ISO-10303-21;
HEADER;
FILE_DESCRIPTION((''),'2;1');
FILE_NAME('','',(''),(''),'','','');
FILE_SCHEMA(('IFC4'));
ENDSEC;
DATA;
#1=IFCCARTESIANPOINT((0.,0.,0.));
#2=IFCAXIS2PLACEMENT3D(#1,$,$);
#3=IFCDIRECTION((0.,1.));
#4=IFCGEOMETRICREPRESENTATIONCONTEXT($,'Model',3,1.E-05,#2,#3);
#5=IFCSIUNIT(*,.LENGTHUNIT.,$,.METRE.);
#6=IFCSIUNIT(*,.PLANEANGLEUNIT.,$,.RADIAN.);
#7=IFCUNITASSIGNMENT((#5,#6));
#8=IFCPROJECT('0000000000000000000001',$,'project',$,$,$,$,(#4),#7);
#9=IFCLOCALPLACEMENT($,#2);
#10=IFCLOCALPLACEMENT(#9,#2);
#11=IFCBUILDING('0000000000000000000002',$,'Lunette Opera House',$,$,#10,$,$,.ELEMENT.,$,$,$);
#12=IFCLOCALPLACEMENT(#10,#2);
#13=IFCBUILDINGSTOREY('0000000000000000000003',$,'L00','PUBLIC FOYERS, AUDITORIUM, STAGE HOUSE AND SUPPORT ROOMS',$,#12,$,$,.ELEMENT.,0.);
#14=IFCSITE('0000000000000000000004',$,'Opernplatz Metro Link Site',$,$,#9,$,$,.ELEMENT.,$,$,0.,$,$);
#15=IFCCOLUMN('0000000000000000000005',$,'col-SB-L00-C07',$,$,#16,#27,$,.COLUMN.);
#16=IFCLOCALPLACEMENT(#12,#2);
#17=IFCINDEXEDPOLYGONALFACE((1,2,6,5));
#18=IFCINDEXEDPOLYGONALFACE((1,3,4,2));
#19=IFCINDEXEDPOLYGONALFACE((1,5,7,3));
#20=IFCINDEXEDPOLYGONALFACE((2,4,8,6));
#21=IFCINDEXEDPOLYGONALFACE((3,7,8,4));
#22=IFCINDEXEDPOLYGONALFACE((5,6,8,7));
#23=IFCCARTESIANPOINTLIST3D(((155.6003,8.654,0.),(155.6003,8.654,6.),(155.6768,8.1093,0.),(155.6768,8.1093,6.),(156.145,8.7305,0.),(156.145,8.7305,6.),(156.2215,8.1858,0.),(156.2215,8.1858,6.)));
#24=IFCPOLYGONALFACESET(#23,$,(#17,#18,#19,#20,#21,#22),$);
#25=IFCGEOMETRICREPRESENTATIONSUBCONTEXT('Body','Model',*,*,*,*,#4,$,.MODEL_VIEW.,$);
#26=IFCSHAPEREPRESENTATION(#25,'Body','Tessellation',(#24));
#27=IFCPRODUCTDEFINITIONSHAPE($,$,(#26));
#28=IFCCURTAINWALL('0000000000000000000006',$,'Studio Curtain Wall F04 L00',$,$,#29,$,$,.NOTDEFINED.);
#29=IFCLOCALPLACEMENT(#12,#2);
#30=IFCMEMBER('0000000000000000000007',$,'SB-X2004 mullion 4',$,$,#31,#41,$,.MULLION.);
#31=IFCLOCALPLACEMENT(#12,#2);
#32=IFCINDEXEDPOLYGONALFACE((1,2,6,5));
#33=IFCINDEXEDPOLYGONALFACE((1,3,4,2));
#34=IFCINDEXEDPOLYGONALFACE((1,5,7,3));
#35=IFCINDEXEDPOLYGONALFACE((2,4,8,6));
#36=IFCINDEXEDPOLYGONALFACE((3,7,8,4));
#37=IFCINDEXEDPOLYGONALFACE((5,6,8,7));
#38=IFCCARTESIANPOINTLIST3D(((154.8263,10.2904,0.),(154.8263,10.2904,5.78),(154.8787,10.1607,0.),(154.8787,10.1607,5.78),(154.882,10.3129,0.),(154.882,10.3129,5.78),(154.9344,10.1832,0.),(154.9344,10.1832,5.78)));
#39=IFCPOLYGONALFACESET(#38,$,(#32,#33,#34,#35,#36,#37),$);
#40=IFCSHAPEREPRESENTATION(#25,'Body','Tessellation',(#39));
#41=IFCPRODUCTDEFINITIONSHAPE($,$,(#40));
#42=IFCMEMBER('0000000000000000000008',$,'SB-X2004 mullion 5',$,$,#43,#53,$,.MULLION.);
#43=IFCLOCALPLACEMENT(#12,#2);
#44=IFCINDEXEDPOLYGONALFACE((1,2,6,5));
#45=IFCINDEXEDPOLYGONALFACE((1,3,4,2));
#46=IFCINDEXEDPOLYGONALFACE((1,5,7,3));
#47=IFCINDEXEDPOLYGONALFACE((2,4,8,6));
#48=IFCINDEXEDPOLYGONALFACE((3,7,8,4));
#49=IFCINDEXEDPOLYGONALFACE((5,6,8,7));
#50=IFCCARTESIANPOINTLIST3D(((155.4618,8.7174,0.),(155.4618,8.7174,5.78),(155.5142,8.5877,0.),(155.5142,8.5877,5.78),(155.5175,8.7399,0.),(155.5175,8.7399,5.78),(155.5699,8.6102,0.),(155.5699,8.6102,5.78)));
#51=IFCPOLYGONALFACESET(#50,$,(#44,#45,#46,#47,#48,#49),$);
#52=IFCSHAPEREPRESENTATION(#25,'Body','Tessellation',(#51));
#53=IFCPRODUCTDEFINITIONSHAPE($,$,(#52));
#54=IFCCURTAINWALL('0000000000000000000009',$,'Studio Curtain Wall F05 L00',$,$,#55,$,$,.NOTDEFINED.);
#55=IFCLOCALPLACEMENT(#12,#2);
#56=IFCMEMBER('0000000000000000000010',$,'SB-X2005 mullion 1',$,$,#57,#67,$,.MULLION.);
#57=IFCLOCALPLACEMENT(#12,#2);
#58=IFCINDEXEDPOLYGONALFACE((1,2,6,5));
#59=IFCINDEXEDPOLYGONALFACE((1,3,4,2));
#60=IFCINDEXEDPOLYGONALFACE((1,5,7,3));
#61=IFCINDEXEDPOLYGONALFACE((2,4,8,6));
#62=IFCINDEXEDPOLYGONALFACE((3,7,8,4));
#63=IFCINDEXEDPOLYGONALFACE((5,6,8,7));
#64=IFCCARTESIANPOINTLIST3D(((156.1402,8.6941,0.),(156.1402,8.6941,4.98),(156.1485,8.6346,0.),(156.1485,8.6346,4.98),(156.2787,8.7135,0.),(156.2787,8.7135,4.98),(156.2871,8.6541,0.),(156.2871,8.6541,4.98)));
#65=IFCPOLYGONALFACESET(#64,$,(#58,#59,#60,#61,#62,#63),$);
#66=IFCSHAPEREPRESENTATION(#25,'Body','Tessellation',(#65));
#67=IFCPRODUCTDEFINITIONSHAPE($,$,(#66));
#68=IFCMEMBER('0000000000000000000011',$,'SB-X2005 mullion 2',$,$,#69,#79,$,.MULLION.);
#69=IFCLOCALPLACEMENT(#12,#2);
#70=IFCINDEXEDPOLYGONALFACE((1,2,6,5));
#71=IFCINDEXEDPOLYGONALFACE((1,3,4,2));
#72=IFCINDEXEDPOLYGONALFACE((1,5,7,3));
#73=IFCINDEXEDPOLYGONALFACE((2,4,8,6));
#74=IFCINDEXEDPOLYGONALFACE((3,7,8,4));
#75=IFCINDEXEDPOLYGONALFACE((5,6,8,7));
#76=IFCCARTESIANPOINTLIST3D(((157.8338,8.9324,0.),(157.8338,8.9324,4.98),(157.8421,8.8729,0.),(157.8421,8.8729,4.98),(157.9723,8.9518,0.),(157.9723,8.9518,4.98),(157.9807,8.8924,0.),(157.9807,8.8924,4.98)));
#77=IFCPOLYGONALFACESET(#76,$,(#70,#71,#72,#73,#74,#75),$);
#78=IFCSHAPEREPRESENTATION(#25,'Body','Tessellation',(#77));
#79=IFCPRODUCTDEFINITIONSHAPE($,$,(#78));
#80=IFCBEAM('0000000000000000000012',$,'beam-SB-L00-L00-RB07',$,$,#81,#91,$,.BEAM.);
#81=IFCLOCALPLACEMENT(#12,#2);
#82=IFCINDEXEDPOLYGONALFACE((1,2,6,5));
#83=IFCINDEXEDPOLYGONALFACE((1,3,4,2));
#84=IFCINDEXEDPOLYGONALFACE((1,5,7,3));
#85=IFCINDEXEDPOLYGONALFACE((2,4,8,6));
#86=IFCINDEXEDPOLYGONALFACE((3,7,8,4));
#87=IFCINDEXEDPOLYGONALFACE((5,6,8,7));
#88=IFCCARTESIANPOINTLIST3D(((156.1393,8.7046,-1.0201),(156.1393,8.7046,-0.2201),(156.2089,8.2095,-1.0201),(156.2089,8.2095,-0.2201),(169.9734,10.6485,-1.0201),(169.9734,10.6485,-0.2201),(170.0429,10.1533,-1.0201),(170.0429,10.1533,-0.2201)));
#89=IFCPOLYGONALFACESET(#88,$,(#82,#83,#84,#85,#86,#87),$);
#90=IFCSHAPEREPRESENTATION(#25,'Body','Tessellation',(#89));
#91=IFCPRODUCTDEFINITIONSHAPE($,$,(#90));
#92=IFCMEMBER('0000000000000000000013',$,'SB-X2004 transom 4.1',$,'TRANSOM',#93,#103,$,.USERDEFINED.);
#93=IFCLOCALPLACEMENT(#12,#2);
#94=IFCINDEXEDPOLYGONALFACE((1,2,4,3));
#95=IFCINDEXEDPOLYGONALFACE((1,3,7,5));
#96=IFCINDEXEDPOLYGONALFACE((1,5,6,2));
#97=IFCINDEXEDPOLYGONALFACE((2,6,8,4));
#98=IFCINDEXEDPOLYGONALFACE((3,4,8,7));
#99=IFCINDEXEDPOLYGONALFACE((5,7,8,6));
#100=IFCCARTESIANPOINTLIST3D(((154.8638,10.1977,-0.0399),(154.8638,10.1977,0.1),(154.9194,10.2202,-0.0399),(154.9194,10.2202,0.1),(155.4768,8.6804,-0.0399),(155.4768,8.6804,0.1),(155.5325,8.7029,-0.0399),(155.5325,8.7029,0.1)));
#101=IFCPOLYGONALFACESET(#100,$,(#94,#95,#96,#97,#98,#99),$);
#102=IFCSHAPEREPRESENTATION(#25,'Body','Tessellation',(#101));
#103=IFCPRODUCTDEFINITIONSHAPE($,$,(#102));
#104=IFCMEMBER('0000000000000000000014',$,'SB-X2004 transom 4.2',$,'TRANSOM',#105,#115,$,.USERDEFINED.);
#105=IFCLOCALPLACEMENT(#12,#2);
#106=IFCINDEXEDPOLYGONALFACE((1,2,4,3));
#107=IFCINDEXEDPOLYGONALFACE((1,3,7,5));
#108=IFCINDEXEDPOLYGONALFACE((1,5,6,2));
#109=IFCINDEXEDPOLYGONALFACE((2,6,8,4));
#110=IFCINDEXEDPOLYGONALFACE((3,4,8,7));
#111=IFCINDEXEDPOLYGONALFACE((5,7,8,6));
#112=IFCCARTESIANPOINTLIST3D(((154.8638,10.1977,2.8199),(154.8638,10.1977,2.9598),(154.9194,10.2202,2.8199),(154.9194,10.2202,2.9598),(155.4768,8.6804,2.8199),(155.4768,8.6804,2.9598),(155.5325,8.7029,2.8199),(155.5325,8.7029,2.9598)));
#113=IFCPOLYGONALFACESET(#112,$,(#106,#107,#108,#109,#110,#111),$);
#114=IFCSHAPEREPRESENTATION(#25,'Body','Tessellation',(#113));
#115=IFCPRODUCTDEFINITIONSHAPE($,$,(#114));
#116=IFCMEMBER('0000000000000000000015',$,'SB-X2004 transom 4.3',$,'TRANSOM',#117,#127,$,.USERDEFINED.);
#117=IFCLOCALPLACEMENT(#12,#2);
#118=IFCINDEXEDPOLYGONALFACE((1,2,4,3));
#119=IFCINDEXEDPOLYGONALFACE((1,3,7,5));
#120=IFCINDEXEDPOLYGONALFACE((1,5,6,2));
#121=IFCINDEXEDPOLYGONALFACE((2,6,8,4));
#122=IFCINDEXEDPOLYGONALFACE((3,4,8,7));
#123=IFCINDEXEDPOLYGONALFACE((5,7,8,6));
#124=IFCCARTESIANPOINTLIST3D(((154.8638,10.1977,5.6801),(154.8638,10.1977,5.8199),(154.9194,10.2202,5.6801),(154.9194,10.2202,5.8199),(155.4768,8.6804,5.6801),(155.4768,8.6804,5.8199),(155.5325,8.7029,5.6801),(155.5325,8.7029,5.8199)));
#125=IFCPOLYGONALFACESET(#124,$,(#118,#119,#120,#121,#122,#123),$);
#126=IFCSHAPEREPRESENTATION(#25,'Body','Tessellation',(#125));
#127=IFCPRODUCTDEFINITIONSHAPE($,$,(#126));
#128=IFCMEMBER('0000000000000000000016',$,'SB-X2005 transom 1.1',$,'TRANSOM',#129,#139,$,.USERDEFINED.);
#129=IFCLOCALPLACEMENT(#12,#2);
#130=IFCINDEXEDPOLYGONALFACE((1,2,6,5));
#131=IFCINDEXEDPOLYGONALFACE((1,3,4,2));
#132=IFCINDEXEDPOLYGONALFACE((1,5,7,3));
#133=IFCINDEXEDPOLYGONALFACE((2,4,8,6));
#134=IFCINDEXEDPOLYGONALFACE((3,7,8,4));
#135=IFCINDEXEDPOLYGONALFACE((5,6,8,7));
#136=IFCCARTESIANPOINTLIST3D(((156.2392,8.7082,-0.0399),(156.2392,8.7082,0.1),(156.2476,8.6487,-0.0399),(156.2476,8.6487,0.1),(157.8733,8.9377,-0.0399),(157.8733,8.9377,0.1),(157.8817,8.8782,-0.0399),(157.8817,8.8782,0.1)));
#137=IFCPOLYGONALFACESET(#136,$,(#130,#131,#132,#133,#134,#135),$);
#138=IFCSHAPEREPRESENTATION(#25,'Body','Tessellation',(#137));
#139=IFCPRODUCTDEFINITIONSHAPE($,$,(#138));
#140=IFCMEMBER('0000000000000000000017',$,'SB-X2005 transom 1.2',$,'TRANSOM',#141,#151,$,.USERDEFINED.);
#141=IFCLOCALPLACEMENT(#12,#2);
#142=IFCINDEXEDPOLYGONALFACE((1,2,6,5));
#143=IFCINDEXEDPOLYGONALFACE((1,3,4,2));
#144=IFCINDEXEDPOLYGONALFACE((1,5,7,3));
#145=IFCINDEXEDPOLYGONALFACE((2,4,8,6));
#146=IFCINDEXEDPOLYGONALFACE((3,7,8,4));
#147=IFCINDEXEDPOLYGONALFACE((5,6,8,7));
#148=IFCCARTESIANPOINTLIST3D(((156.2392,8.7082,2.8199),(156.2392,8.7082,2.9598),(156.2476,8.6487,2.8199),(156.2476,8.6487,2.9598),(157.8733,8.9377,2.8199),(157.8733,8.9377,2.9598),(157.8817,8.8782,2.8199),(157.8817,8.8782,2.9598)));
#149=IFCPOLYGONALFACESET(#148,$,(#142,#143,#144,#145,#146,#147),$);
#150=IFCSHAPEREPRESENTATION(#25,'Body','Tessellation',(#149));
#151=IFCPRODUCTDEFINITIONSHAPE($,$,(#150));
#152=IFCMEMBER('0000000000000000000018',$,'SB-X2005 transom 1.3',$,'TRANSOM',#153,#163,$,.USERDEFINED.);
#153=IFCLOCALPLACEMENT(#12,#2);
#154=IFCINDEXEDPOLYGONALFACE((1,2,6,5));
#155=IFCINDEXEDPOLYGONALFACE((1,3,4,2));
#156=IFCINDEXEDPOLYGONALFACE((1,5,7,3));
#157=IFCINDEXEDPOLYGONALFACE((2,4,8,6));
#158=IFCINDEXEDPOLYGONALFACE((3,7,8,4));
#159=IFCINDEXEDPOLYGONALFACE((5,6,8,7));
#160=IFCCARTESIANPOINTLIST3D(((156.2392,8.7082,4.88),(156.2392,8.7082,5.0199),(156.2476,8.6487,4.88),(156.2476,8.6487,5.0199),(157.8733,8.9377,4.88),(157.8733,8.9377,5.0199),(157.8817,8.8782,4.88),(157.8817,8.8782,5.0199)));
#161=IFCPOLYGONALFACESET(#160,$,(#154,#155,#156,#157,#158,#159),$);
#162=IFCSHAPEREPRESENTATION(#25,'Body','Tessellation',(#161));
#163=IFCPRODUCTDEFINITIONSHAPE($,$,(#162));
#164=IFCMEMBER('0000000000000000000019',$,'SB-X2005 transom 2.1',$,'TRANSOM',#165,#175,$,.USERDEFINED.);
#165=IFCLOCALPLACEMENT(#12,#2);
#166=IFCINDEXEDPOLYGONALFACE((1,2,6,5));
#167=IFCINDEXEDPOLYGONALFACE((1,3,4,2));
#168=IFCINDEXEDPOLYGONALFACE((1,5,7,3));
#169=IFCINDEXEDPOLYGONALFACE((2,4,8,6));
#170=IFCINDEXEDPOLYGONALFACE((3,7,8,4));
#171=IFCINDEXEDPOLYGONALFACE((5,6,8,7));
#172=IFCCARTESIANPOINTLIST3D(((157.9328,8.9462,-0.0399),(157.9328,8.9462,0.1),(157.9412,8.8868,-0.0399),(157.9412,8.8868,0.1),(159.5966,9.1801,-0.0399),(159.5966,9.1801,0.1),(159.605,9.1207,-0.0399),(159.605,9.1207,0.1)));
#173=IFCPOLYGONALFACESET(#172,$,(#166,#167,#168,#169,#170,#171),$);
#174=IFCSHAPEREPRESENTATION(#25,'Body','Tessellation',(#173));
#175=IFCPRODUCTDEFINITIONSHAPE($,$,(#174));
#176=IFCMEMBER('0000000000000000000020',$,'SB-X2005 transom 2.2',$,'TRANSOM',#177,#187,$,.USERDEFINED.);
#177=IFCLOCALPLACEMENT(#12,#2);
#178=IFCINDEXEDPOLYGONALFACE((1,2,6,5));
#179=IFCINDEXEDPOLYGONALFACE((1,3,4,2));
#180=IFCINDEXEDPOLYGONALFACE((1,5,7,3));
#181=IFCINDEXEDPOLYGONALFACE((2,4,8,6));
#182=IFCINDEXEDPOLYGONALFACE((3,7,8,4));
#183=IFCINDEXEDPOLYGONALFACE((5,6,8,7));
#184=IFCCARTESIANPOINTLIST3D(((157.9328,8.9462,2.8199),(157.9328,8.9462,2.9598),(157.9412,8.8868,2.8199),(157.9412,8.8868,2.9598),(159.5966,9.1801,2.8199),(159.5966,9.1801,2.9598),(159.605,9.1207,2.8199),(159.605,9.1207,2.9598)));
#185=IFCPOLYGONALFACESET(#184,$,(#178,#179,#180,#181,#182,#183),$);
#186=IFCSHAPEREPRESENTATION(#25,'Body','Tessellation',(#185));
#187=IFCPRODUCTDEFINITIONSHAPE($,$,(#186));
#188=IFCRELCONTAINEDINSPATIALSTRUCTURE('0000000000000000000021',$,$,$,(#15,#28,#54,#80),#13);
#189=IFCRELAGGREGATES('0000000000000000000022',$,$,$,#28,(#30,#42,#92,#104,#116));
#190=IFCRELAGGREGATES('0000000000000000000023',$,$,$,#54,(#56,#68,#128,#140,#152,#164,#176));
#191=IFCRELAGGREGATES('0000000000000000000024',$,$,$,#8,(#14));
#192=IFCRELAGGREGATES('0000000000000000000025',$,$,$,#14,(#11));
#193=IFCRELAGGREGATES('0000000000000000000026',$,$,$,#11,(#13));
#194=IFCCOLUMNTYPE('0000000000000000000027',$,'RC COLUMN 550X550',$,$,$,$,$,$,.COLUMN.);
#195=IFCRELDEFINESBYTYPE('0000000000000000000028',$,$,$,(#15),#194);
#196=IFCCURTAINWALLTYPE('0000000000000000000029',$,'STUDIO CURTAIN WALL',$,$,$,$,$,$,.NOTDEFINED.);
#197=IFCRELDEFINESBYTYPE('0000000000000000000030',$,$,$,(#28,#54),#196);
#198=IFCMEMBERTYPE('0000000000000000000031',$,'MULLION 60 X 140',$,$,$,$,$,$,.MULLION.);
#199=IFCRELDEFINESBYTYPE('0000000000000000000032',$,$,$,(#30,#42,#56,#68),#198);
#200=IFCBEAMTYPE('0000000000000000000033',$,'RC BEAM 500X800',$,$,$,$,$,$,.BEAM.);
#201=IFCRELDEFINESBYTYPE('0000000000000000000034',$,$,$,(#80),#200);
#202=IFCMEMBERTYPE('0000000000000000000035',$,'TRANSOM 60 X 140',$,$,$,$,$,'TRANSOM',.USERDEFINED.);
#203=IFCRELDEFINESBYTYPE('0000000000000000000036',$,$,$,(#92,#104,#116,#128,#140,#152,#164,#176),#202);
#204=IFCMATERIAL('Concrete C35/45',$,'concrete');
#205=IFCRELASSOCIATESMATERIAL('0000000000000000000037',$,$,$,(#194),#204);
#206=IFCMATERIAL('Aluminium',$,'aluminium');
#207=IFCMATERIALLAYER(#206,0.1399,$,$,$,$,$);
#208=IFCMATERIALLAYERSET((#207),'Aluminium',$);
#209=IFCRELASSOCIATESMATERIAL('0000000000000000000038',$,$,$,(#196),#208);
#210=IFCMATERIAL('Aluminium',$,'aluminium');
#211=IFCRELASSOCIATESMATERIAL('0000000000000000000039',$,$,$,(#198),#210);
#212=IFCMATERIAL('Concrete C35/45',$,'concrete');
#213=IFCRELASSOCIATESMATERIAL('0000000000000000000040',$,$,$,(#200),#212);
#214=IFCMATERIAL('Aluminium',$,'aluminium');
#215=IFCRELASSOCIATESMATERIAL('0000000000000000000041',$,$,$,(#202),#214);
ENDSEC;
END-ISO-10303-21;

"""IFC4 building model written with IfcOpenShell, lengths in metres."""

from ifc_helpers import new_model, si_unit, direction, frame, origin, origin_2d, place, context, subcontext, project, spatial, rectangle, extrude, material, layer, layer_set, material_profile, profile_set, type_object, element, aggregate, save


model = new_model("IFC4")

# Units and contexts
model_context = context("Model", 3, precision=1e-05, world=origin(), true_north=direction((0.0, 1.0)))
body_context = subcontext(model_context, "Body", "Model", "MODEL_VIEW")
ifc_project = project(units=[si_unit("LENGTHUNIT", "METRE"), si_unit("PLANEANGLEUNIT", "RADIAN")], contexts=[model_context])

# Site, building, storey
site_placement = place(None, origin())
site = spatial("IfcSite", under=ifc_project, at=site_placement, Name="Opernplatz Metro Link Site", CompositionType="ELEMENT", RefElevation=0.0)
building_placement = place(site_placement, origin())
building = spatial("IfcBuilding", under=site, at=building_placement, Name="Lunette Opera House", CompositionType="ELEMENT")
storey_placement = place(building_placement, origin())
storey = spatial("IfcBuildingStorey", under=building, at=storey_placement, Name="L00", Description="PUBLIC FOYERS, AUDITORIUM, STAGE HOUSE AND SUPPORT ROOMS", CompositionType="ELEMENT", Elevation=0.0)

# Column
ifc_material_1 = material(Name="Concrete C35/45", Category="concrete")
ifc_material_profile_1 = material_profile(ifc_material_1, rectangle(XDim=0.55, YDim=0.55, at=origin_2d()), Name="RC COLUMN 550X550")
ifc_profile_set_1 = profile_set([ifc_material_profile_1], Name="Concrete C35/45")
column_type = type_object("IfcColumnType", Name="RC COLUMN 550X550", PredefinedType="COLUMN", material=ifc_profile_set_1)
column_placement = place(storey_placement, frame((155.9109, 8.4199, 0.0), z_axis=(0.0, 0.0, 1.0), x_axis=(0.139173, -0.990268, 0.0)))
element("IfcColumn", 1, at=column_placement, inside=storey, type_object=column_type, Name="col-SB-L00-C07", PredefinedType="COLUMN", context=body_context, shape_type="SweptSolid", body=[
    extrude(rectangle(XDim=0.55, YDim=0.55, at=origin_2d()), origin(), (0.0, 0.0, 1.0), 6.0),
])

# Curtain walls, members
ifc_material_2 = material(Name="Aluminium", Category="aluminium")
ifc_layer_1 = layer(ifc_material_2, 0.1399)
ifc_layer_set_1 = layer_set([ifc_layer_1], Name="Aluminium")
curtain_wall_type = type_object("IfcCurtainWallType", Name="STUDIO CURTAIN WALL", PredefinedType="NOTDEFINED", material=ifc_layer_set_1)
curtain_wall_1_placement = place(storey_placement, origin())
curtain_wall_1 = element("IfcCurtainWall", 2, at=curtain_wall_1_placement, inside=storey, type_object=curtain_wall_type, Name="Studio Curtain Wall F04 L00", PredefinedType="NOTDEFINED")
ifc_material_3 = material(Name="Aluminium", Category="aluminium")
ifc_material_profile_2 = material_profile(ifc_material_3, rectangle(XDim=0.0601, YDim=0.1399, at=origin_2d()), Name="MULLION 60 X 140")
ifc_profile_set_2 = profile_set([ifc_material_profile_2], Name="Aluminium")
member_type_1 = type_object("IfcMemberType", Name="MULLION 60 X 140", PredefinedType="MULLION", material=ifc_profile_set_2)
member_1_placement = place(storey_placement, frame((154.8804, 10.2368, 0.0), z_axis=(0.0, 0.0, 1.0), x_axis=(0.927183, 0.374609, 0.0)))
member_1 = element("IfcMember", 3, at=member_1_placement, type_object=member_type_1, Name="SB-X2004 mullion 4", PredefinedType="MULLION", context=body_context, shape_type="SweptSolid", body=[
    extrude(rectangle(XDim=0.0601, YDim=0.1399, at=origin_2d()), origin(), (0.0, 0.0, 1.0), 5.78),
])
member_2_placement = place(storey_placement, frame((155.5159, 8.6638, 0.0), z_axis=(0.0, 0.0, 1.0), x_axis=(0.927183, 0.374609, 0.0)))
member_2 = element("IfcMember", 4, at=member_2_placement, type_object=member_type_1, Name="SB-X2004 mullion 5", PredefinedType="MULLION", context=body_context, shape_type="SweptSolid", body=[
    extrude(rectangle(XDim=0.0601, YDim=0.1399, at=origin_2d()), origin(), (0.0, 0.0, 1.0), 5.78),
])
curtain_wall_2_placement = place(storey_placement, origin())
curtain_wall_2 = element("IfcCurtainWall", 5, at=curtain_wall_2_placement, inside=storey, type_object=curtain_wall_type, Name="Studio Curtain Wall F05 L00", PredefinedType="NOTDEFINED")
member_3_placement = place(storey_placement, frame((156.2136, 8.6741, 0.0), z_axis=(0.0, 0.0, 1.0), x_axis=(-0.139209, 0.990263, 0.0)))
member_3 = element("IfcMember", 6, at=member_3_placement, type_object=member_type_1, Name="SB-X2005 mullion 1", PredefinedType="MULLION", context=body_context, shape_type="SweptSolid", body=[
    extrude(rectangle(XDim=0.0601, YDim=0.1399, at=origin_2d()), origin(), (0.0, 0.0, 1.0), 4.98),
])
member_4_placement = place(storey_placement, frame((157.9072, 8.9124, 0.0), z_axis=(0.0, 0.0, 1.0), x_axis=(-0.139209, 0.990263, 0.0)))
member_4 = element("IfcMember", 7, at=member_4_placement, type_object=member_type_1, Name="SB-X2005 mullion 2", PredefinedType="MULLION", context=body_context, shape_type="SweptSolid", body=[
    extrude(rectangle(XDim=0.0601, YDim=0.1399, at=origin_2d()), origin(), (0.0, 0.0, 1.0), 4.98),
])

# Beam
ifc_material_4 = material(Name="Concrete C35/45", Category="concrete")
ifc_material_profile_3 = material_profile(ifc_material_4, rectangle(XDim=0.5, YDim=0.8, at=origin_2d()), Name="RC BEAM 500X800")
ifc_profile_set_3 = profile_set([ifc_material_profile_3], Name="Concrete C35/45")
beam_type = type_object("IfcBeamType", Name="RC BEAM 500X800", PredefinedType="BEAM", material=ifc_profile_set_3)
beam_placement = place(storey_placement, frame((156.1741, 8.457, -0.6201), z_axis=(0.990272, 0.139146, 0.0), x_axis=(-0.139146, 0.990272, 0.0)))
element("IfcBeam", 8, at=beam_placement, inside=storey, type_object=beam_type, Name="beam-SB-L00-L00-RB07", PredefinedType="BEAM", context=body_context, shape_type="SweptSolid", body=[
    extrude(rectangle(XDim=0.5, YDim=0.8, at=origin_2d()), origin(), (0.0, 0.0, 1.0), 13.97),
])

# Members
ifc_material_5 = material(Name="Aluminium", Category="aluminium")
ifc_material_profile_4 = material_profile(ifc_material_5, rectangle(XDim=0.0601, YDim=0.1399, at=origin_2d()), Name="TRANSOM 60 X 140")
ifc_profile_set_4 = profile_set([ifc_material_profile_4], Name="Aluminium")
member_type_2 = type_object("IfcMemberType", Name="TRANSOM 60 X 140", ElementType="TRANSOM", PredefinedType="USERDEFINED", material=ifc_profile_set_4)
member_5_placement = place(storey_placement, frame((154.8916, 10.209, 0.03), z_axis=(0.374604, -0.927185, 0.0), x_axis=(0.927185, 0.374604, 0.0)))
member_5 = element("IfcMember", 9, at=member_5_placement, type_object=member_type_2, Name="SB-X2004 transom 4.1", ObjectType="TRANSOM", PredefinedType="USERDEFINED", context=body_context, shape_type="SweptSolid", body=[
    extrude(rectangle(XDim=0.0601, YDim=0.1399, at=origin_2d()), origin(), (0.0, 0.0, 1.0), 1.6365),
])
member_6_placement = place(storey_placement, frame((154.8916, 10.209, 2.8899), z_axis=(0.374604, -0.927185, 0.0), x_axis=(0.927185, 0.374604, 0.0)))
member_6 = element("IfcMember", 10, at=member_6_placement, type_object=member_type_2, Name="SB-X2004 transom 4.2", ObjectType="TRANSOM", PredefinedType="USERDEFINED", context=body_context, shape_type="SweptSolid", body=[
    extrude(rectangle(XDim=0.0601, YDim=0.1399, at=origin_2d()), origin(), (0.0, 0.0, 1.0), 1.6365),
])
member_7_placement = place(storey_placement, frame((154.8916, 10.209, 5.75), z_axis=(0.374604, -0.927185, 0.0), x_axis=(0.927185, 0.374604, 0.0)))
member_7 = element("IfcMember", 11, at=member_7_placement, type_object=member_type_2, Name="SB-X2004 transom 4.3", ObjectType="TRANSOM", PredefinedType="USERDEFINED", context=body_context, shape_type="SweptSolid", body=[
    extrude(rectangle(XDim=0.0601, YDim=0.1399, at=origin_2d()), origin(), (0.0, 0.0, 1.0), 1.6365),
])
member_8_placement = place(storey_placement, frame((156.2434, 8.6785, 0.03), z_axis=(0.990281, 0.13908, 0.0), x_axis=(-0.13908, 0.990281, 0.0)))
member_8 = element("IfcMember", 12, at=member_8_placement, type_object=member_type_2, Name="SB-X2005 transom 1.1", ObjectType="TRANSOM", PredefinedType="USERDEFINED", context=body_context, shape_type="SweptSolid", body=[
    extrude(rectangle(XDim=0.0601, YDim=0.1399, at=origin_2d()), origin(), (0.0, 0.0, 1.0), 1.6501),
])
member_9_placement = place(storey_placement, frame((156.2434, 8.6785, 2.8899), z_axis=(0.990281, 0.13908, 0.0), x_axis=(-0.13908, 0.990281, 0.0)))
member_9 = element("IfcMember", 13, at=member_9_placement, type_object=member_type_2, Name="SB-X2005 transom 1.2", ObjectType="TRANSOM", PredefinedType="USERDEFINED", context=body_context, shape_type="SweptSolid", body=[
    extrude(rectangle(XDim=0.0601, YDim=0.1399, at=origin_2d()), origin(), (0.0, 0.0, 1.0), 1.6501),
])
member_10_placement = place(storey_placement, frame((156.2434, 8.6785, 4.95), z_axis=(0.990281, 0.13908, 0.0), x_axis=(-0.13908, 0.990281, 0.0)))
member_10 = element("IfcMember", 14, at=member_10_placement, type_object=member_type_2, Name="SB-X2005 transom 1.3", ObjectType="TRANSOM", PredefinedType="USERDEFINED", context=body_context, shape_type="SweptSolid", body=[
    extrude(rectangle(XDim=0.0601, YDim=0.1399, at=origin_2d()), origin(), (0.0, 0.0, 1.0), 1.6501),
])
member_11_placement = place(storey_placement, frame((157.937, 8.9165, 0.03), z_axis=(0.990264, 0.139204, 0.0), x_axis=(-0.139204, 0.990264, 0.0)))
member_11 = element("IfcMember", 15, at=member_11_placement, type_object=member_type_2, Name="SB-X2005 transom 2.1", ObjectType="TRANSOM", PredefinedType="USERDEFINED", context=body_context, shape_type="SweptSolid", body=[
    extrude(rectangle(XDim=0.0601, YDim=0.1399, at=origin_2d()), origin(), (0.0, 0.0, 1.0), 1.6802),
])
member_12_placement = place(storey_placement, frame((157.937, 8.9165, 2.8899), z_axis=(0.990264, 0.139204, 0.0), x_axis=(-0.139204, 0.990264, 0.0)))
member_12 = element("IfcMember", 16, at=member_12_placement, type_object=member_type_2, Name="SB-X2005 transom 2.2", ObjectType="TRANSOM", PredefinedType="USERDEFINED", context=body_context, shape_type="SweptSolid", body=[
    extrude(rectangle(XDim=0.0601, YDim=0.1399, at=origin_2d()), origin(), (0.0, 0.0, 1.0), 1.6802),
])

aggregate(curtain_wall_1, [member_1, member_2, member_5, member_6, member_7])
aggregate(curtain_wall_2, [member_3, member_4, member_8, member_9, member_10, member_11, member_12])

save(model, "model.ifc")
